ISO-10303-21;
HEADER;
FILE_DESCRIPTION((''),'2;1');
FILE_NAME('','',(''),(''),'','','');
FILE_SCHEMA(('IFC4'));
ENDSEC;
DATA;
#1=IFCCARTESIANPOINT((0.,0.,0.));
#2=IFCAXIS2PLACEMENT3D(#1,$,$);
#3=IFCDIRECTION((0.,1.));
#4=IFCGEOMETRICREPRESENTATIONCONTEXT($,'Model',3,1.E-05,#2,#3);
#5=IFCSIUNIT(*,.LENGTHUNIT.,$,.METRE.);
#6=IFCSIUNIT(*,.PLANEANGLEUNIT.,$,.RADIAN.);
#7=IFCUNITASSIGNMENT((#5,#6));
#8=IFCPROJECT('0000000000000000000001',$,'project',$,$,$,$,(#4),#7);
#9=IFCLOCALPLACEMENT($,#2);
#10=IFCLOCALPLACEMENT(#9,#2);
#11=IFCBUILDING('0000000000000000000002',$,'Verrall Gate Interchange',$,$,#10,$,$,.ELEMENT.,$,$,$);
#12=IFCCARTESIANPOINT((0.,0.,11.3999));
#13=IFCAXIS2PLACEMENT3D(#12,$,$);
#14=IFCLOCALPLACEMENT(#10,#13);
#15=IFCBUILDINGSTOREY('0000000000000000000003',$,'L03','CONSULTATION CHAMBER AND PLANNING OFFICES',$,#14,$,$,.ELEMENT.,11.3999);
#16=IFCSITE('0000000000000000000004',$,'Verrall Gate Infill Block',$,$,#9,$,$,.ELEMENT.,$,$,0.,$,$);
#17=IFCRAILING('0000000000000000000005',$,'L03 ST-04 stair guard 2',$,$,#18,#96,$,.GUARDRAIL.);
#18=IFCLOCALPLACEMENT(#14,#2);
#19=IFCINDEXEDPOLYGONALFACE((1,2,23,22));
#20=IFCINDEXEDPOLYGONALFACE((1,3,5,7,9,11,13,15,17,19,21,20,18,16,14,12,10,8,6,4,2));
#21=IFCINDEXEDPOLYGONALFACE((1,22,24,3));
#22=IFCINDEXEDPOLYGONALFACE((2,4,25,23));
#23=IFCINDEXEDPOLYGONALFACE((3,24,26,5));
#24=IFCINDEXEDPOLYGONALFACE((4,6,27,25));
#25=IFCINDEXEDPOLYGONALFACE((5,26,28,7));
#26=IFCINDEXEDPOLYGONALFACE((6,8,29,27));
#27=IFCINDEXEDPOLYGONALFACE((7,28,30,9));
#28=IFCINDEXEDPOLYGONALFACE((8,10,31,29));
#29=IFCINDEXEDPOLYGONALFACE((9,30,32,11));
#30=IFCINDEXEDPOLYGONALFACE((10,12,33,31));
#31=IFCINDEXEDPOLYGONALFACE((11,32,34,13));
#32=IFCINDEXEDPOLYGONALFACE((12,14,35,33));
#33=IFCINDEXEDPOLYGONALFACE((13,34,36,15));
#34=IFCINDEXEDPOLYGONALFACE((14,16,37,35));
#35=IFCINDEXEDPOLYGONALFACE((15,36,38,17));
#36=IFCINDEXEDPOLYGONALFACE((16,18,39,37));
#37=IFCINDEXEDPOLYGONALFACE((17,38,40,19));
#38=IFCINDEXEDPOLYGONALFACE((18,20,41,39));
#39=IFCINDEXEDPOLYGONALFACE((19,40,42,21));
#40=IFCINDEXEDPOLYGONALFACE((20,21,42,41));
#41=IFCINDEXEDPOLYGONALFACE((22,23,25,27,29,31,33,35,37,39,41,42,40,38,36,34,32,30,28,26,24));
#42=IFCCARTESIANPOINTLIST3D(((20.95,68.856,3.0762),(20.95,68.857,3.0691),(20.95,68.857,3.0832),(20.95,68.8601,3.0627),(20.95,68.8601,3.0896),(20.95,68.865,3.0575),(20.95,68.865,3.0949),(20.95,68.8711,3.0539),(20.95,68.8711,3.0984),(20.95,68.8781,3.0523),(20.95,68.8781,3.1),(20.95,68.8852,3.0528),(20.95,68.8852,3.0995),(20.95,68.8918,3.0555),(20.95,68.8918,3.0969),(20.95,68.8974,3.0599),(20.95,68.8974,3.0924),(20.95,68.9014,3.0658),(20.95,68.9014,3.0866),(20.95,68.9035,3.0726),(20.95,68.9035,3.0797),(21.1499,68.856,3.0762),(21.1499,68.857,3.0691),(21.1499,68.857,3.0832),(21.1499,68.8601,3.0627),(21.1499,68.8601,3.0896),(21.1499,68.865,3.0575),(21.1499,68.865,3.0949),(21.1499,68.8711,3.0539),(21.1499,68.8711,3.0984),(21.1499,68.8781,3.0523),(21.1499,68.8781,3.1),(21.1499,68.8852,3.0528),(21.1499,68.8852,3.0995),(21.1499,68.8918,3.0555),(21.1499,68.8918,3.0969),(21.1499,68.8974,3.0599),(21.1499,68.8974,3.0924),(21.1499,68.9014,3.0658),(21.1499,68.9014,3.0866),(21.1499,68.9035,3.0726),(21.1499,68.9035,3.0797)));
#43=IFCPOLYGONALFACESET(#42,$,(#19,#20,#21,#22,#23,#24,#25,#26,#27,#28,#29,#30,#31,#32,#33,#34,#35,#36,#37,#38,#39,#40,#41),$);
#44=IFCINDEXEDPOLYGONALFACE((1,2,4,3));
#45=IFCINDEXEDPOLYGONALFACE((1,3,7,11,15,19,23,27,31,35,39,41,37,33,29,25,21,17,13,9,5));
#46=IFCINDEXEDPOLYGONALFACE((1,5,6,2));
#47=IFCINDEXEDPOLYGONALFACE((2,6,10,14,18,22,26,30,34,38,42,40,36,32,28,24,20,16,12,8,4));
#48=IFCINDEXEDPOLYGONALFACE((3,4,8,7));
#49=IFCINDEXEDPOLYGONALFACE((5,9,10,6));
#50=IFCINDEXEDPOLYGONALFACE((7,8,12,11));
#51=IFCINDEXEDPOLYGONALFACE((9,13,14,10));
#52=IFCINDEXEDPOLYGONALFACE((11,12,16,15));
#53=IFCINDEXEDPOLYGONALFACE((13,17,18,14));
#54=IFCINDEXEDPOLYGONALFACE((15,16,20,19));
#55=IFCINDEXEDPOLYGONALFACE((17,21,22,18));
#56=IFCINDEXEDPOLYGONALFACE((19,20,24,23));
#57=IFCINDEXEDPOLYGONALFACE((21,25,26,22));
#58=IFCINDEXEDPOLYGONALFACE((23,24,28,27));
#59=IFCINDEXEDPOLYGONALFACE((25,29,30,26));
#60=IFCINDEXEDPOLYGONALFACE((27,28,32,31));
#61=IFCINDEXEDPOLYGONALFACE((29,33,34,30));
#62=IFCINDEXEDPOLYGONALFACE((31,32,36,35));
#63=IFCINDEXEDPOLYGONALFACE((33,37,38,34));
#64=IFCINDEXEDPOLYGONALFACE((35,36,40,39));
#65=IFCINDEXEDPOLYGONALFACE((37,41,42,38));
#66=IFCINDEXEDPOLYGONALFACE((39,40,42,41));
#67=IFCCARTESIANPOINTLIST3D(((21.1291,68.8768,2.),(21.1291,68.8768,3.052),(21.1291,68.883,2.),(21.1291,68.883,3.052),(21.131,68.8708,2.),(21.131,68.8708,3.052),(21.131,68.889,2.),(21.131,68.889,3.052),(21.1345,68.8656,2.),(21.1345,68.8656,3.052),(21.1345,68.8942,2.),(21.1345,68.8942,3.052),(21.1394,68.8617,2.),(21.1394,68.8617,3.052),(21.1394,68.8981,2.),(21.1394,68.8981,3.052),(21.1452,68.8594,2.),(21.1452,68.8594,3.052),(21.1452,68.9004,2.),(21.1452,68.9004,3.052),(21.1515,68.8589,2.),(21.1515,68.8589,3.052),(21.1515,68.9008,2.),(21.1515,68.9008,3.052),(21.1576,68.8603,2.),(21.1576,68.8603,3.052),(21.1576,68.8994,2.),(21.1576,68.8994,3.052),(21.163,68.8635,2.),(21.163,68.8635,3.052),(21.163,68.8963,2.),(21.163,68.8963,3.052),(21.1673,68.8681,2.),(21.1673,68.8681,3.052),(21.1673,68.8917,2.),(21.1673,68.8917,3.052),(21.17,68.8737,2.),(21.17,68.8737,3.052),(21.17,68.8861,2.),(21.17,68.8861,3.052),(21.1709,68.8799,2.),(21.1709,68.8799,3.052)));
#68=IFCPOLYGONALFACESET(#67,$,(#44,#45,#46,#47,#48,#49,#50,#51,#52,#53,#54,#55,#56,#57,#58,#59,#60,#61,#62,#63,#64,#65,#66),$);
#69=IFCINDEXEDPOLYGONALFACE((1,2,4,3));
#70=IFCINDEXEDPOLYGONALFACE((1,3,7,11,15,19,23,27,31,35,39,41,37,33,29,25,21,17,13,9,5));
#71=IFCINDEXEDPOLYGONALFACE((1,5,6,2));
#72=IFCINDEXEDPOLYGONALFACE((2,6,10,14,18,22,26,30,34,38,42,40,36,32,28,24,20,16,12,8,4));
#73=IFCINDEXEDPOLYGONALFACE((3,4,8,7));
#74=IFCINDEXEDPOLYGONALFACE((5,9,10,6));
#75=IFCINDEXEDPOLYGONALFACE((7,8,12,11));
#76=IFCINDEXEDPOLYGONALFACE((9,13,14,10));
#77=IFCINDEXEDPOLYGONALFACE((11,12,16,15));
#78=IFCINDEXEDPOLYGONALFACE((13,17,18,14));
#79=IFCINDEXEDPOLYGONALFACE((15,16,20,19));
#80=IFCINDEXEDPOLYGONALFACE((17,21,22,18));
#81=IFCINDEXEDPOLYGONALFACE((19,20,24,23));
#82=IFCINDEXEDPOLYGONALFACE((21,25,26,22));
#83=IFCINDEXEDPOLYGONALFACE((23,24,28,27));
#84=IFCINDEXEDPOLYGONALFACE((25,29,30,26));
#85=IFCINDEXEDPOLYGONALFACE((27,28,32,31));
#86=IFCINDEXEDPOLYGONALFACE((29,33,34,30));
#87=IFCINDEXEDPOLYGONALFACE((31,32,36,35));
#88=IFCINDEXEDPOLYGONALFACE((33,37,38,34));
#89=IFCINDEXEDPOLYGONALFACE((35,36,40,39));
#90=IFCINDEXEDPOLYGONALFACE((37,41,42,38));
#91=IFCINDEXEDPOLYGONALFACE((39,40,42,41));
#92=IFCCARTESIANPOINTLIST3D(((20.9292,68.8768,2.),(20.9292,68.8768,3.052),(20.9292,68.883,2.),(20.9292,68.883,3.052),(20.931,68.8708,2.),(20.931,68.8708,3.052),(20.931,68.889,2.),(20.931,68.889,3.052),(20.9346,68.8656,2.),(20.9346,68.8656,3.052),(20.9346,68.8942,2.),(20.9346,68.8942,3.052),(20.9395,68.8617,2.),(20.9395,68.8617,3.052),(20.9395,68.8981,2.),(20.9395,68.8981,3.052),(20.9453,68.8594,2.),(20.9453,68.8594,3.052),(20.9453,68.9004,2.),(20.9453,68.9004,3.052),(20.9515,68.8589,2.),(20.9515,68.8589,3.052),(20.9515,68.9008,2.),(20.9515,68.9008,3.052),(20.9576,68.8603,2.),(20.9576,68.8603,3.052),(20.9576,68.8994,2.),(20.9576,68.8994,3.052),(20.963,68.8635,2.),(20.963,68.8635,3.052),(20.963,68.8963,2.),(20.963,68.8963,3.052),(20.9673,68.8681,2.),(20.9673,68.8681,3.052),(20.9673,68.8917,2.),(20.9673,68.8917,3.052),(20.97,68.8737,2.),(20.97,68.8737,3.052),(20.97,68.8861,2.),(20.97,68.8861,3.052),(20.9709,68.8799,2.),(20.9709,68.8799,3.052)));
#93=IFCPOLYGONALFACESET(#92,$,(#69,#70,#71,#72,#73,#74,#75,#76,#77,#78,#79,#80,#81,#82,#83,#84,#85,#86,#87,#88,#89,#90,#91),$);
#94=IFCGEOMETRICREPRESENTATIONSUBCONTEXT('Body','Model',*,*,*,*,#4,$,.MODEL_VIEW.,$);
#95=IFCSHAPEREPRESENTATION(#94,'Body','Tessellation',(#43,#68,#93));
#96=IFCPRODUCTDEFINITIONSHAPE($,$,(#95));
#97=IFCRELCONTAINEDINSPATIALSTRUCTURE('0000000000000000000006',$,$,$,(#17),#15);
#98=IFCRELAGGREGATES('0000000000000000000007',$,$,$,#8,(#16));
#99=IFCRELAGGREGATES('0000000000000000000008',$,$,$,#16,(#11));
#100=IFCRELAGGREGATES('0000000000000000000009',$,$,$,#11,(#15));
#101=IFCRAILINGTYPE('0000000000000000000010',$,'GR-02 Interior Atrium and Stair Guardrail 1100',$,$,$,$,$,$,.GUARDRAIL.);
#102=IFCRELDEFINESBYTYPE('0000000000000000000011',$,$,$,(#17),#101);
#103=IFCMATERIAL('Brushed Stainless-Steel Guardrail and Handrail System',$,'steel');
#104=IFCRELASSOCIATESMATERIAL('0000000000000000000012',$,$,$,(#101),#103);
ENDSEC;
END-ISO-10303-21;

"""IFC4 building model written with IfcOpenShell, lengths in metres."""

from ifc_helpers import new_model, si_unit, direction, frame, origin, origin_2d, place, context, subcontext, project, spatial, circle, extrude, material, type_object, element, save


model = new_model("IFC4")

# Units and contexts
model_context = context("Model", 3, precision=1e-05, world=origin(), true_north=direction((0.0, 1.0)))
body_context = subcontext(model_context, "Body", "Model", "MODEL_VIEW")
ifc_project = project(units=[si_unit("LENGTHUNIT", "METRE"), si_unit("PLANEANGLEUNIT", "RADIAN")], contexts=[model_context])

# Site, building, storey
site_placement = place(None, origin())
site = spatial("IfcSite", under=ifc_project, at=site_placement, Name="Verrall Gate Infill Block", CompositionType="ELEMENT", RefElevation=0.0)
building_placement = place(site_placement, origin())
building = spatial("IfcBuilding", under=site, at=building_placement, Name="Verrall Gate Interchange", CompositionType="ELEMENT")
storey_placement = place(building_placement, frame((0.0, 0.0, 11.3999)))
storey = spatial("IfcBuildingStorey", under=building, at=storey_placement, Name="L03", Description="CONSULTATION CHAMBER AND PLANNING OFFICES", CompositionType="ELEMENT", Elevation=11.3999)

# Railing
ifc_material_1 = material(Name="Brushed Stainless-Steel Guardrail and Handrail System", Category="steel")
railing_type_1 = type_object("IfcRailingType", Name="GR-02 Interior Atrium and Stair Guardrail 1100", PredefinedType="GUARDRAIL", material=ifc_material_1)
railing_1_placement = place(storey_placement, frame((21.1499, 68.8799, 2.0)))
element("IfcRailing", 1, at=railing_1_placement, inside=storey, type_object=railing_type_1, Name="L03 ST-04 stair guard 2", PredefinedType="GUARDRAIL", context=body_context, shape_type="SweptSolid", body=[
    extrude(circle(Radius=0.0239, at=origin_2d()), frame((0.0, 0.0, 1.0762), z_axis=(-1.0, 0.0, 0.0), x_axis=(0.0, -1.0, 0.0)), (0.0, 0.0, 1.0), 0.2),
    extrude(circle(Radius=0.021, at=origin_2d()), origin(), (0.0, 0.0, 1.0), 1.052),
    extrude(circle(Radius=0.021, at=origin_2d()), frame((-0.2, 0.0, 0.0)), (0.0, 0.0, 1.0), 1.052),
])

save(model, "model.ifc")
